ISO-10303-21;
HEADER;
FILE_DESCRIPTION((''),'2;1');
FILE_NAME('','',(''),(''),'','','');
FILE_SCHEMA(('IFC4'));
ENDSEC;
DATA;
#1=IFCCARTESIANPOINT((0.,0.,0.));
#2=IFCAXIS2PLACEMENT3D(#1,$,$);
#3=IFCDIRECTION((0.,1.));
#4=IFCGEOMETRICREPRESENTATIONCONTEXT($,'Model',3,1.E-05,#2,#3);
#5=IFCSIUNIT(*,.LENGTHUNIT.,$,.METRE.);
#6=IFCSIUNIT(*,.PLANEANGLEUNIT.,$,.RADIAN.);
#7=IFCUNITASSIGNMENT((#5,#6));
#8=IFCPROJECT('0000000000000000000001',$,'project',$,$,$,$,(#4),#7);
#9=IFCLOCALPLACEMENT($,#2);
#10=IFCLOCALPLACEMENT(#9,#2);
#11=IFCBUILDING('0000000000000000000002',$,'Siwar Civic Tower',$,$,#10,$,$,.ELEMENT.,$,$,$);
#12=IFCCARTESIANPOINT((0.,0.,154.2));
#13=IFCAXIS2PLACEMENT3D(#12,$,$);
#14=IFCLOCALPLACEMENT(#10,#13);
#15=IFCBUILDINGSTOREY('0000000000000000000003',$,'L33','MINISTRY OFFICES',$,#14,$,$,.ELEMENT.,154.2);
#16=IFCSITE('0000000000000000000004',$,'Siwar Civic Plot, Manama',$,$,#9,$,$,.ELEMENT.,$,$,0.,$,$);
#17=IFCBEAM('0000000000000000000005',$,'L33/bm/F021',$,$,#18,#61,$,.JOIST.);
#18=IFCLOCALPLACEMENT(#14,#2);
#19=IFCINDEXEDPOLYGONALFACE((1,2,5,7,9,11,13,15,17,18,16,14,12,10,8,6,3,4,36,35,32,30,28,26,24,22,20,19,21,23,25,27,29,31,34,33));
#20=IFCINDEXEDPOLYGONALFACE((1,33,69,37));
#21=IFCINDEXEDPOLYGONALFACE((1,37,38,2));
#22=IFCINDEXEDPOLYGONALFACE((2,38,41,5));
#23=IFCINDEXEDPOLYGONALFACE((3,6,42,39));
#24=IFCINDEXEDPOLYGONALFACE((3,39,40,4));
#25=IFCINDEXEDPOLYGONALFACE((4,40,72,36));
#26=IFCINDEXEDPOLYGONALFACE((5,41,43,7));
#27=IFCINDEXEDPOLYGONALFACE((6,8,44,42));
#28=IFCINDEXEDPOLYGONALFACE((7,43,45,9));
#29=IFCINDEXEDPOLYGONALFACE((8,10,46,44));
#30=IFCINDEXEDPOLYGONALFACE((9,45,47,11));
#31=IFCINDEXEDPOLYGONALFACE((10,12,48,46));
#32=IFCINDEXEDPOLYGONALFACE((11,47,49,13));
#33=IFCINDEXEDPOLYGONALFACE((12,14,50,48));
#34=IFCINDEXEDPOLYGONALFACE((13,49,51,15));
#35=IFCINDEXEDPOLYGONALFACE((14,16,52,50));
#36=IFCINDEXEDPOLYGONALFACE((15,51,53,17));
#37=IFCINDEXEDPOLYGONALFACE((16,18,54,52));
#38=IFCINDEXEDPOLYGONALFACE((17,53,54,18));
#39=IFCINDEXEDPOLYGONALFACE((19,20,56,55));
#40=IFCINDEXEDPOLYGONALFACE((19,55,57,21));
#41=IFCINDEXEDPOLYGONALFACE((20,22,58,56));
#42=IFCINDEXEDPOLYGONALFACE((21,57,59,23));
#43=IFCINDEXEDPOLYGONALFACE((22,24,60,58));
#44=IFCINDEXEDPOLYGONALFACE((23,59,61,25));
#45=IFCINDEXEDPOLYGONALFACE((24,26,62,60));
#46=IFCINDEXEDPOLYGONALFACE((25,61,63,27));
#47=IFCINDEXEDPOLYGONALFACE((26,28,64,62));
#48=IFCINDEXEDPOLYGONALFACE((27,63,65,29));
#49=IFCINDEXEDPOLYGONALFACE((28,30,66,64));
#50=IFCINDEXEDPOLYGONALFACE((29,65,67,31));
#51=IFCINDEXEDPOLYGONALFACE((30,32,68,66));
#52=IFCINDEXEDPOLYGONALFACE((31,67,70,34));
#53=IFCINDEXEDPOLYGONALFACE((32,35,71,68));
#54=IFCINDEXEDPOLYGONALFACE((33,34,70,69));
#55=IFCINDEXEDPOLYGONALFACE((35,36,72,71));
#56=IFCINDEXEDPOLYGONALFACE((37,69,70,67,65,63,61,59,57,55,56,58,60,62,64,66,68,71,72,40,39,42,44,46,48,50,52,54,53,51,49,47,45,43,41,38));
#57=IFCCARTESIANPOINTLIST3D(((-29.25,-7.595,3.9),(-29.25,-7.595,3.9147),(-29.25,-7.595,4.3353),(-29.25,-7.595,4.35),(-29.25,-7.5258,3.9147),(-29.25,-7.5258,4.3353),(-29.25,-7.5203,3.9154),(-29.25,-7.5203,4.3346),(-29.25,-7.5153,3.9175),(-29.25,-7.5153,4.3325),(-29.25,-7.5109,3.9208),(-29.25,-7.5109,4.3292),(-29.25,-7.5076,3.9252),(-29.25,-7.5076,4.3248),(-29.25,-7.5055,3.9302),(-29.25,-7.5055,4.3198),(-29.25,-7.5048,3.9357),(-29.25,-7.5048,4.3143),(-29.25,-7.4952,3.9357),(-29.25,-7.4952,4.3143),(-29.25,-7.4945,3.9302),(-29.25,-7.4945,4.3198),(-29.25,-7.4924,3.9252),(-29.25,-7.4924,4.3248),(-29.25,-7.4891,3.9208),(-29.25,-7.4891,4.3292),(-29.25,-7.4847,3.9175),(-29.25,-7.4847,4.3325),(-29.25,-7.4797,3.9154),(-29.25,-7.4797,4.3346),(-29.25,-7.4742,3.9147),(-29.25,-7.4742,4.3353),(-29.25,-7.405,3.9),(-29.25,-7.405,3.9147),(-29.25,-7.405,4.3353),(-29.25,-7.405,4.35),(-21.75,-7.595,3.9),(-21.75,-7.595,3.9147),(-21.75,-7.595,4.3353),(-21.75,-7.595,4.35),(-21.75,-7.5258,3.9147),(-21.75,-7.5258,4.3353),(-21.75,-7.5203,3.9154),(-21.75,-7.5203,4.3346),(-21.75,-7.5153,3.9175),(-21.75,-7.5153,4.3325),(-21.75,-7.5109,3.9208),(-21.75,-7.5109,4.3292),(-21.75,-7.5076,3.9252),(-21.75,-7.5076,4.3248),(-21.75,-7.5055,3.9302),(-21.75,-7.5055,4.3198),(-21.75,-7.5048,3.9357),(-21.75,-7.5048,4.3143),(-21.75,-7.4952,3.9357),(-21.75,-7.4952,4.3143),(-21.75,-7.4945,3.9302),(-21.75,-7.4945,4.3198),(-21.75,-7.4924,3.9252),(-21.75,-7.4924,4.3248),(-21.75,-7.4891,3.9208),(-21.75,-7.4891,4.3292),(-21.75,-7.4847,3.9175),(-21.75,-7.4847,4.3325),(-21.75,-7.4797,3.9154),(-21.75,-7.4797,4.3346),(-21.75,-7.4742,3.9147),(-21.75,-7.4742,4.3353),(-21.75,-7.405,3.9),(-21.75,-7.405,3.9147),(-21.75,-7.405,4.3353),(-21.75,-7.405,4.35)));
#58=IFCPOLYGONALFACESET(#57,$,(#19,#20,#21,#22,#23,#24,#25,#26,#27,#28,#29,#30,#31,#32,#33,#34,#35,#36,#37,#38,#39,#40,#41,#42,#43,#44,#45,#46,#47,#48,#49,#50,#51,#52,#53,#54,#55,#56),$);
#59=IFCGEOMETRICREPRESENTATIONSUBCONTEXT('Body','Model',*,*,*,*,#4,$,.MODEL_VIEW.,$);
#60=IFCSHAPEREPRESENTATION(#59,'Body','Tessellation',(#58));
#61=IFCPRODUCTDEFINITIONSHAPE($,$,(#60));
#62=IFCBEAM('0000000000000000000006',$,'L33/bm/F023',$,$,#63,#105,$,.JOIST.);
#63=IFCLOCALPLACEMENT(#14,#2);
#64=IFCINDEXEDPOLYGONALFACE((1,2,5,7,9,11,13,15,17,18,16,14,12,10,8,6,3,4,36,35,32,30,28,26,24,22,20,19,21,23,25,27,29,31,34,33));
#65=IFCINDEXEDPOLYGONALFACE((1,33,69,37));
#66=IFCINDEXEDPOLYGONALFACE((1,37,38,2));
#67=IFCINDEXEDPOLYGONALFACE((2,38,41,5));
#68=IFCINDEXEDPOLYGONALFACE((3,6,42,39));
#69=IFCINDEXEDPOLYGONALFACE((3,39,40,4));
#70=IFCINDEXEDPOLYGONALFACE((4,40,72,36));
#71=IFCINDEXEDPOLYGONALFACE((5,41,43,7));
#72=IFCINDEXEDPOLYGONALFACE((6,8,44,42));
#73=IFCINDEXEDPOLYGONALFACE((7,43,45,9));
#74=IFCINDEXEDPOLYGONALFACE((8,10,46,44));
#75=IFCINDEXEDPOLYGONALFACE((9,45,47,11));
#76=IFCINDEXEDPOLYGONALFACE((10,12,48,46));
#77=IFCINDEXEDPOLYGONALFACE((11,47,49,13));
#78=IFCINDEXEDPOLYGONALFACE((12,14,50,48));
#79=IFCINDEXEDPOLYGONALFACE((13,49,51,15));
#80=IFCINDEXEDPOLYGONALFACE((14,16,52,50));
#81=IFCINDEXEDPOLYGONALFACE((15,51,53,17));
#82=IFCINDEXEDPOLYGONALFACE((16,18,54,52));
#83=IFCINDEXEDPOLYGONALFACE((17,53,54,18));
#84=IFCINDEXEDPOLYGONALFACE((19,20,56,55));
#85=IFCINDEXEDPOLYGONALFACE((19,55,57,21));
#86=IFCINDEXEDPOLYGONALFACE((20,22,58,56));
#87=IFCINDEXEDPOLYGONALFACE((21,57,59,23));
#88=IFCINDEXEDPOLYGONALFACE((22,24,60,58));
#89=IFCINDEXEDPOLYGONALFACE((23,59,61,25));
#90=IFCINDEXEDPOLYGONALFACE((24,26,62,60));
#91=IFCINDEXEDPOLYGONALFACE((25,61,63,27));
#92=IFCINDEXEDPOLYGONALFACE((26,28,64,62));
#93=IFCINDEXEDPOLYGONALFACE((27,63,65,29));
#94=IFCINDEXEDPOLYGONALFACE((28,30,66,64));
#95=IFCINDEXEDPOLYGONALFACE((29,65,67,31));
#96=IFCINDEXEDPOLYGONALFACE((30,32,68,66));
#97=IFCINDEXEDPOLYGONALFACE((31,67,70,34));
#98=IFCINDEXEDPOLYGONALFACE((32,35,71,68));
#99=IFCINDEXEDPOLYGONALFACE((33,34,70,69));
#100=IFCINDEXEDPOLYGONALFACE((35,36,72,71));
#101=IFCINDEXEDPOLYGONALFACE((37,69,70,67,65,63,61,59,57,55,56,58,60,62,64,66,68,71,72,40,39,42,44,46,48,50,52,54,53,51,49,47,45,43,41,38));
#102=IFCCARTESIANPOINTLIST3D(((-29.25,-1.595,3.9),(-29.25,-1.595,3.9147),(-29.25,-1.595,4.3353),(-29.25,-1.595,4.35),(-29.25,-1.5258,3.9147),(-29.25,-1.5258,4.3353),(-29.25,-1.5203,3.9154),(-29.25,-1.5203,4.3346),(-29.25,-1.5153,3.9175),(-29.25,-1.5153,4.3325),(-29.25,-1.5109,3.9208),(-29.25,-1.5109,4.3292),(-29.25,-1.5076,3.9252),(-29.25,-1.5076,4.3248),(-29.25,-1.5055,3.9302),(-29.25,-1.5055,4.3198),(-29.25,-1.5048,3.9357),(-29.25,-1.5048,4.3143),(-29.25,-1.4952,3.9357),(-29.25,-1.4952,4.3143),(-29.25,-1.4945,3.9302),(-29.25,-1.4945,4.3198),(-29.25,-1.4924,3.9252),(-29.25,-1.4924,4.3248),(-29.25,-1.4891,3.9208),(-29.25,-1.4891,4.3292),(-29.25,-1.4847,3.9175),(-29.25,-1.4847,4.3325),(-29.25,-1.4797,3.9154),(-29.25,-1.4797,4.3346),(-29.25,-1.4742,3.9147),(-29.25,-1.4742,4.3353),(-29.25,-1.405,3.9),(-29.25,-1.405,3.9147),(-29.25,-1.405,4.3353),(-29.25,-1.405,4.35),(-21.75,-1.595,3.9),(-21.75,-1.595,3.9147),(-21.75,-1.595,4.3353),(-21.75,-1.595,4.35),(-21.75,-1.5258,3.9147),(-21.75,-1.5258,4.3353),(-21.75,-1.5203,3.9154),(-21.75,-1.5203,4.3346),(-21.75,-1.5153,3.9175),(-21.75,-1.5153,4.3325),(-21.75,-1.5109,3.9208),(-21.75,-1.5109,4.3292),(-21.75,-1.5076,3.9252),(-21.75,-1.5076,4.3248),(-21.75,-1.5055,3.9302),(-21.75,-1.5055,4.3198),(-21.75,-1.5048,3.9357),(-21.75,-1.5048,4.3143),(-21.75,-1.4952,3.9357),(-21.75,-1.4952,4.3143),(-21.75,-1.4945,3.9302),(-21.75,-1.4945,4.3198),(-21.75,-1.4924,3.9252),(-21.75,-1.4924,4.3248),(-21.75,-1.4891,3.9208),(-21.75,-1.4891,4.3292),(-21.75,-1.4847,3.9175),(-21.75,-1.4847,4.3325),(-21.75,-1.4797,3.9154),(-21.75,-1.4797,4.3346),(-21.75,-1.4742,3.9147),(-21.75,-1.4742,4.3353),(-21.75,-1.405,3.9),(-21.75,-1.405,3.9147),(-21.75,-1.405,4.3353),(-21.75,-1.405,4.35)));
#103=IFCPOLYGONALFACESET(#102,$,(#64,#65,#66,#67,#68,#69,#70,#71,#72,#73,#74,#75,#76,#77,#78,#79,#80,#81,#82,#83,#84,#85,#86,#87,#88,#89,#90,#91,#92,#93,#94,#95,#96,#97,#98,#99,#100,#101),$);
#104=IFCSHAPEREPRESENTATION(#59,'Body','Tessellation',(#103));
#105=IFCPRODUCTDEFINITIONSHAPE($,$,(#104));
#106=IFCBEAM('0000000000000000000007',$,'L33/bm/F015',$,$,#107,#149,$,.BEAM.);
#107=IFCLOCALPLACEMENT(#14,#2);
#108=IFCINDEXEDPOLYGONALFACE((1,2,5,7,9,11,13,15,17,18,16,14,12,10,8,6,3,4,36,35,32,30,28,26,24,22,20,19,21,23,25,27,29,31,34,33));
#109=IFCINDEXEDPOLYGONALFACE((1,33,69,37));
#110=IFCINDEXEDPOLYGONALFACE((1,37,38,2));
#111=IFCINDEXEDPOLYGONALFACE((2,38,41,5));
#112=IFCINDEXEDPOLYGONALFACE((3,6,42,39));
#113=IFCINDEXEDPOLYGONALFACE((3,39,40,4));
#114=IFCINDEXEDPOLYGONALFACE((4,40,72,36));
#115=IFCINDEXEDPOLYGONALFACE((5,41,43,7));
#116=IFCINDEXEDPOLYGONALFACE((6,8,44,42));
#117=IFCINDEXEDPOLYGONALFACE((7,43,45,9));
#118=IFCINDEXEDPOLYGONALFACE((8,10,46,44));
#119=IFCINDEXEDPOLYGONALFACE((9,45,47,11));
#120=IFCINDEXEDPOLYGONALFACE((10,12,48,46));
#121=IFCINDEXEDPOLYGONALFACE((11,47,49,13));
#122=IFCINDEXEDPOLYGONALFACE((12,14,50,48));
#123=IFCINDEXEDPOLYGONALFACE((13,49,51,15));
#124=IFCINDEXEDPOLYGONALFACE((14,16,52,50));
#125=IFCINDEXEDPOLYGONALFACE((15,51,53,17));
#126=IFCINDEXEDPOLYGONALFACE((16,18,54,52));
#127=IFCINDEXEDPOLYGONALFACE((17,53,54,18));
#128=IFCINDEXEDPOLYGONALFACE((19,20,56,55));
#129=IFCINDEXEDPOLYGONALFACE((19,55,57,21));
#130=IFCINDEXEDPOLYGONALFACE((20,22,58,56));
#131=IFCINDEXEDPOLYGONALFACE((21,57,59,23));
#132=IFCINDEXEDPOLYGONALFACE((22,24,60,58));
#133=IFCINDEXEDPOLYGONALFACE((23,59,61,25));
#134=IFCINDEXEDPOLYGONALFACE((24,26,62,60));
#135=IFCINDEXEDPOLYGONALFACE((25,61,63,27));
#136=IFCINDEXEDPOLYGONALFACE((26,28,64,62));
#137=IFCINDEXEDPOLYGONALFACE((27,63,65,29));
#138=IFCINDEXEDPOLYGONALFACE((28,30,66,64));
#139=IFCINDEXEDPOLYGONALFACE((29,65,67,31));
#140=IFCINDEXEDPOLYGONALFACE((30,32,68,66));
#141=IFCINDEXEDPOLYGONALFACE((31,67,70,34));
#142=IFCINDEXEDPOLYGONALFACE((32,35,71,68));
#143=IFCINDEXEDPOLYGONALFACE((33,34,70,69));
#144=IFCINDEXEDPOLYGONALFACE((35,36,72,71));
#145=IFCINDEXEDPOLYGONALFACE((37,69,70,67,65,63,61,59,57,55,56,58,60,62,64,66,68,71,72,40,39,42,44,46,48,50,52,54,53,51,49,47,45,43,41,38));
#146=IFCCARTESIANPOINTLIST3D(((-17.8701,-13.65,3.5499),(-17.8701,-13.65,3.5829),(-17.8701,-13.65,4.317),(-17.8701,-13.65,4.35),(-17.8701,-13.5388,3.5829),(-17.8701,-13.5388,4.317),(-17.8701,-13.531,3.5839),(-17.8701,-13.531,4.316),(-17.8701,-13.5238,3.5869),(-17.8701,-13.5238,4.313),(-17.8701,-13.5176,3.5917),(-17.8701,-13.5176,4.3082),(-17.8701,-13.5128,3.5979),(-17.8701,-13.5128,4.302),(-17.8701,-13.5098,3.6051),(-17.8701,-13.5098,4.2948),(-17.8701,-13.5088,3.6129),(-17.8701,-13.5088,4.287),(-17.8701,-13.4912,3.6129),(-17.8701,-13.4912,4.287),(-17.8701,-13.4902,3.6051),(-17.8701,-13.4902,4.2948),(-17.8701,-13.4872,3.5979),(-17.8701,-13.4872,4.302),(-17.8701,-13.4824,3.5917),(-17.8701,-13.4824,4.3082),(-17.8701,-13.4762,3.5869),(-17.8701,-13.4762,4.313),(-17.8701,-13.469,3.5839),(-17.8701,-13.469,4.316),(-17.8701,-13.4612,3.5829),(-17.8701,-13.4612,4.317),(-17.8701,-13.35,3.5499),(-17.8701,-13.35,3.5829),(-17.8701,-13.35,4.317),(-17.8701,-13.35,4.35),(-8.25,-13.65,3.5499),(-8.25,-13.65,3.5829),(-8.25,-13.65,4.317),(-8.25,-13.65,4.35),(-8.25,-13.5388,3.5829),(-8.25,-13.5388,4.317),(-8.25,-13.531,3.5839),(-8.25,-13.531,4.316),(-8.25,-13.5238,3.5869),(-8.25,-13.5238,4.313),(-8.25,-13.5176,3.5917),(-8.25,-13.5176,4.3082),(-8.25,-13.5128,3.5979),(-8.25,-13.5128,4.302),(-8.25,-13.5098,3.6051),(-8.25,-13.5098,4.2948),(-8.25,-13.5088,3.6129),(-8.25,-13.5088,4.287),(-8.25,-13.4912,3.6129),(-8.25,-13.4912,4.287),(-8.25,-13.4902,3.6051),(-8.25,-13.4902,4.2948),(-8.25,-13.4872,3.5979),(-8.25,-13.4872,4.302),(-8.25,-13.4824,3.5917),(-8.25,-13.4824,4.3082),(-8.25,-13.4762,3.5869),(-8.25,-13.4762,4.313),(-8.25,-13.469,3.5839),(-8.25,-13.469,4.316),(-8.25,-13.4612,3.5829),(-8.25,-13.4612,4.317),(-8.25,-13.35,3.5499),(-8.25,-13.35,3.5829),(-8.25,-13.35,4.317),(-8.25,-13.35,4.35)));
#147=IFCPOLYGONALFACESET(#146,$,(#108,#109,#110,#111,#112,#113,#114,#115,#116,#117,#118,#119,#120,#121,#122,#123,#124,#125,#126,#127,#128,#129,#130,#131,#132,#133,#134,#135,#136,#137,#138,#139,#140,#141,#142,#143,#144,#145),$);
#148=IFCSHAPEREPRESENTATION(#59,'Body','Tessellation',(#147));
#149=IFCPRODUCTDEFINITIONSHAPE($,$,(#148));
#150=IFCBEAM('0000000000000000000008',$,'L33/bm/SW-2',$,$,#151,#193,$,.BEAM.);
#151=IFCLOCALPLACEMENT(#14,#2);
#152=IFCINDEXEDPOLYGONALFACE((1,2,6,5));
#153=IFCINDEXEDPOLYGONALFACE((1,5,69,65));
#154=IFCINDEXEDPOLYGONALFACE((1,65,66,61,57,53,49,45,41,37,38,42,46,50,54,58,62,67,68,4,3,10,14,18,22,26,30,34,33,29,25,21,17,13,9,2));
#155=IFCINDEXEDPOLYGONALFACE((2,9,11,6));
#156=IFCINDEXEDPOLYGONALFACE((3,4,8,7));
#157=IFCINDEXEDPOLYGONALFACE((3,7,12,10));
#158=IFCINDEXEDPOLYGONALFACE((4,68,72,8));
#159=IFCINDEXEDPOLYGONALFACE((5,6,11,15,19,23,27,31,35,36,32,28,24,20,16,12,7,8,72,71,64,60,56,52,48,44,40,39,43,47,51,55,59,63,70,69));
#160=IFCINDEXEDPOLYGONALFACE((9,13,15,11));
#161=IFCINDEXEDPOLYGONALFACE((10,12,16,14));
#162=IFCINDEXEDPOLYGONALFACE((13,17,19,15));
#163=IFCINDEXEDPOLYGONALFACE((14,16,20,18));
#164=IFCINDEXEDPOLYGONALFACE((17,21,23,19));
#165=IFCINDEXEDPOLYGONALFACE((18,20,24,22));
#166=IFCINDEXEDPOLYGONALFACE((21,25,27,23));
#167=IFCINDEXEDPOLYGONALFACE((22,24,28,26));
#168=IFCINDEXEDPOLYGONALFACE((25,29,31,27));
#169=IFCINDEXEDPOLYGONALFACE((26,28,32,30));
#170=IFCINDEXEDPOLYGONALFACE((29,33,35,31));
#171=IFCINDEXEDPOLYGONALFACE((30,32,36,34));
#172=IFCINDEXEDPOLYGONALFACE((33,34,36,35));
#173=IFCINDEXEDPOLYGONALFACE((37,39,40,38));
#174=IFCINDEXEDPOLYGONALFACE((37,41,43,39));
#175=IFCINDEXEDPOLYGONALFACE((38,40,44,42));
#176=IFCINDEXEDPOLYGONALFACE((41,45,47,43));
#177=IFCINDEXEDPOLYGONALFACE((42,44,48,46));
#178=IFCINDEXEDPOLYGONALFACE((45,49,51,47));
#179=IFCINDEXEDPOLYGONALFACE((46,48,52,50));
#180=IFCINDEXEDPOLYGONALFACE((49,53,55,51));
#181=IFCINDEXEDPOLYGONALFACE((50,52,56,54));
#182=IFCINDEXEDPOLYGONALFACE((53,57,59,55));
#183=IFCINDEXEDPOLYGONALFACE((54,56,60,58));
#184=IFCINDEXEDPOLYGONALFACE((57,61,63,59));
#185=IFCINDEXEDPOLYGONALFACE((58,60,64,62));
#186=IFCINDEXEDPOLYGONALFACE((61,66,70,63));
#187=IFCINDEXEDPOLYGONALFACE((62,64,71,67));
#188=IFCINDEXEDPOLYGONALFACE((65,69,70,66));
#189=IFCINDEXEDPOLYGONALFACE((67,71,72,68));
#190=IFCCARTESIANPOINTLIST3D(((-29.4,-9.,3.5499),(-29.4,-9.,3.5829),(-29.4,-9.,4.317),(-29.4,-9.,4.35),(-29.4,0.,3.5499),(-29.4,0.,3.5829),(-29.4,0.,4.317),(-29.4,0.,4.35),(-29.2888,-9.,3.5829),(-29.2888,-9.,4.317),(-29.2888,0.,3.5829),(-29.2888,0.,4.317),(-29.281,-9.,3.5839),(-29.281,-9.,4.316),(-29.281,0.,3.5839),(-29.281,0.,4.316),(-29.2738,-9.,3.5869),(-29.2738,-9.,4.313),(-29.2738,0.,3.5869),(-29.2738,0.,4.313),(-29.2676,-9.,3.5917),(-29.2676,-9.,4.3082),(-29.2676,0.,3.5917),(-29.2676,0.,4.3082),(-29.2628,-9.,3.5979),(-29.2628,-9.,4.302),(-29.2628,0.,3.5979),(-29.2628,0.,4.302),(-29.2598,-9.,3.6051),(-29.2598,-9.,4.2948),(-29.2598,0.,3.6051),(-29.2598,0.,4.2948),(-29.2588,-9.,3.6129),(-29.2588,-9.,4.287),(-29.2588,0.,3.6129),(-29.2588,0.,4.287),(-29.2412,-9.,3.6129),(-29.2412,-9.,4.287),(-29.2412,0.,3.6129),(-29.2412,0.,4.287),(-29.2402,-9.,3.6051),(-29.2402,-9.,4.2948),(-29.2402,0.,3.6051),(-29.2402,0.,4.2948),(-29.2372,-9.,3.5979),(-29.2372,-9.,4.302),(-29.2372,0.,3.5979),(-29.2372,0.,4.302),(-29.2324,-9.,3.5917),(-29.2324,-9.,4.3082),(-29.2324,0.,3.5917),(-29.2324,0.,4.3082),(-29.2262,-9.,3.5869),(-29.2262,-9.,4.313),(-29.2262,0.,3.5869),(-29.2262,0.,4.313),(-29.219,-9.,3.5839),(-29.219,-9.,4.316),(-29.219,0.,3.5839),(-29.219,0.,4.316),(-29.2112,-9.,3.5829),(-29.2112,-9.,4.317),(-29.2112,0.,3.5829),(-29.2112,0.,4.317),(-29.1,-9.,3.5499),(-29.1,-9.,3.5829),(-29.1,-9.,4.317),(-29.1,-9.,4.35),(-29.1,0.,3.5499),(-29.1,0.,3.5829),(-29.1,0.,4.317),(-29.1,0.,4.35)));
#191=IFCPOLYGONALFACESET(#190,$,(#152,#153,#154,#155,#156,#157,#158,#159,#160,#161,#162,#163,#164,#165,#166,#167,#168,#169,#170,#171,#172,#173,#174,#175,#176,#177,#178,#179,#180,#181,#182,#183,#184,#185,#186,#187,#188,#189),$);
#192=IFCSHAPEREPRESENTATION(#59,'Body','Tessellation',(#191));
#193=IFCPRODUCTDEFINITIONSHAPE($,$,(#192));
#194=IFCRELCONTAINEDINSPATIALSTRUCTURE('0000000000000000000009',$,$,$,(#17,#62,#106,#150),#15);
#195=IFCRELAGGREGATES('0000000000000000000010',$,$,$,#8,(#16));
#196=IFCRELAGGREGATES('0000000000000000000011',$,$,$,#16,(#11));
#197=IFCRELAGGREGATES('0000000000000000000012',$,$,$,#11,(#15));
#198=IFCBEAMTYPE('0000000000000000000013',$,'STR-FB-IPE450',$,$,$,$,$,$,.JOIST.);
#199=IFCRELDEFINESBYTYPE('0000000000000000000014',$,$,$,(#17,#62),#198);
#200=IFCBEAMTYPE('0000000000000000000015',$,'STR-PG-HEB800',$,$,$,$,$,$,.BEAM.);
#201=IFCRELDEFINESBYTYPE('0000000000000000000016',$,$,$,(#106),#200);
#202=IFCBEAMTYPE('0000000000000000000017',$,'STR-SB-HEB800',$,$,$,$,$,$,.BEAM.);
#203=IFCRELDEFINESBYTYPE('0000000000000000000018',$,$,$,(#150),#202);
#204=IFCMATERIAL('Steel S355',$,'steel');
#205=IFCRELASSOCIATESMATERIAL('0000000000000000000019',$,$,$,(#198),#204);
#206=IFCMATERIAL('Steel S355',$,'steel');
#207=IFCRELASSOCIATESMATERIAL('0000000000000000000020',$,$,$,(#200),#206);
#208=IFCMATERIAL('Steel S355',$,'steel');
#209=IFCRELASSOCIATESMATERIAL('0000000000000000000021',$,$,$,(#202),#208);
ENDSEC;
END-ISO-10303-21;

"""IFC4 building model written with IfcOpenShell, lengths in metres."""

from ifc_helpers import new_model, si_unit, direction, frame, origin, origin_2d, place, context, subcontext, project, spatial, i_section, extrude, material, material_profile, profile_set, type_object, element, save


model = new_model("IFC4")

# Units and contexts
model_context = context("Model", 3, precision=1e-05, world=origin(), true_north=direction((0.0, 1.0)))
body_context = subcontext(model_context, "Body", "Model", "MODEL_VIEW")
ifc_project = project(units=[si_unit("LENGTHUNIT", "METRE"), si_unit("PLANEANGLEUNIT", "RADIAN")], contexts=[model_context])

# Site, building, storey
site_placement = place(None, origin())
site = spatial("IfcSite", under=ifc_project, at=site_placement, Name="Siwar Civic Plot, Manama", CompositionType="ELEMENT", RefElevation=0.0)
building_placement = place(site_placement, origin())
building = spatial("IfcBuilding", under=site, at=building_placement, Name="Siwar Civic Tower", CompositionType="ELEMENT")
storey_placement = place(building_placement, frame((0.0, 0.0, 154.2)))
storey = spatial("IfcBuildingStorey", under=building, at=storey_placement, Name="L33", Description="MINISTRY OFFICES", CompositionType="ELEMENT", Elevation=154.2)

# Beams
ifc_material_1 = material(Name="Steel S355", Category="steel")
ifc_material_profile_1 = material_profile(ifc_material_1, i_section(OverallWidth=0.1899, OverallDepth=0.45, WebThickness=0.0095, FlangeThickness=0.0146, FilletRadius=0.021, at=origin_2d()), Name="IPE450")
ifc_profile_set_1 = profile_set([ifc_material_profile_1], Name="Steel S355")
beam_type_1 = type_object("IfcBeamType", Name="STR-FB-IPE450", PredefinedType="JOIST", material=ifc_profile_set_1)
for number, where, z_axis, x_axis, name in (
    (1, (-29.25, -7.5, 4.125), (1.0, 0.0, 0.0), (0.0, 1.0, 0.0), "L33/bm/F021"),
    (2, (-29.25, -1.5, 4.125), (1.0, 0.0, 0.0), (0.0, 1.0, 0.0), "L33/bm/F023"),
):
    element("IfcBeam", number, at=place(storey_placement, frame(where, z_axis=z_axis, x_axis=x_axis)), inside=storey, type_object=beam_type_1, Name=name, PredefinedType="JOIST", context=body_context, shape_type="SweptSolid", body=[
        extrude(i_section(OverallWidth=0.1899, OverallDepth=0.45, WebThickness=0.0095, FlangeThickness=0.0146, FilletRadius=0.021, at=origin_2d()), origin(), (0.0, 0.0, 1.0), 7.5),
    ])
ifc_material_2 = material(Name="Steel S355", Category="steel")
ifc_material_profile_2 = material_profile(ifc_material_2, i_section(OverallWidth=0.3, OverallDepth=0.8, WebThickness=0.0176, FlangeThickness=0.033, FilletRadius=0.03, at=origin_2d()), Name="HEB800")
ifc_profile_set_2 = profile_set([ifc_material_profile_2], Name="Steel S355")
beam_type_2 = type_object("IfcBeamType", Name="STR-PG-HEB800", PredefinedType="BEAM", material=ifc_profile_set_2)
beam_1_placement = place(storey_placement, frame((-17.8701, -13.5, 3.95), z_axis=(1.0, 0.0, 0.0), x_axis=(0.0, 1.0, 0.0)))
element("IfcBeam", 3, at=beam_1_placement, inside=storey, type_object=beam_type_2, Name="L33/bm/F015", PredefinedType="BEAM", context=body_context, shape_type="SweptSolid", body=[
    extrude(i_section(OverallWidth=0.3, OverallDepth=0.8, WebThickness=0.0176, FlangeThickness=0.033, FilletRadius=0.03, at=origin_2d()), origin(), (0.0, 0.0, 1.0), 9.6201),
])
ifc_material_3 = material(Name="Steel S355", Category="steel")
ifc_material_profile_3 = material_profile(ifc_material_3, i_section(OverallWidth=0.3, OverallDepth=0.8, WebThickness=0.0176, FlangeThickness=0.033, FilletRadius=0.03, at=origin_2d()), Name="HEB800")
ifc_profile_set_3 = profile_set([ifc_material_profile_3], Name="Steel S355")
beam_type_3 = type_object("IfcBeamType", Name="STR-SB-HEB800", PredefinedType="BEAM", material=ifc_profile_set_3)
for number, where, z_axis, x_axis, name in (
    (4, (-29.25, 0.0, 3.95), (0.0, -1.0, 0.0), (1.0, 0.0, 0.0), "L33/bm/SW-2"),
):
    element("IfcBeam", number, at=place(storey_placement, frame(where, z_axis=z_axis, x_axis=x_axis)), inside=storey, type_object=beam_type_3, Name=name, PredefinedType="BEAM", context=body_context, shape_type="SweptSolid", body=[
        extrude(i_section(OverallWidth=0.3, OverallDepth=0.8, WebThickness=0.0176, FlangeThickness=0.033, FilletRadius=0.03, at=origin_2d()), origin(), (0.0, 0.0, 1.0), 9.0),
    ])

save(model, "model.ifc")
